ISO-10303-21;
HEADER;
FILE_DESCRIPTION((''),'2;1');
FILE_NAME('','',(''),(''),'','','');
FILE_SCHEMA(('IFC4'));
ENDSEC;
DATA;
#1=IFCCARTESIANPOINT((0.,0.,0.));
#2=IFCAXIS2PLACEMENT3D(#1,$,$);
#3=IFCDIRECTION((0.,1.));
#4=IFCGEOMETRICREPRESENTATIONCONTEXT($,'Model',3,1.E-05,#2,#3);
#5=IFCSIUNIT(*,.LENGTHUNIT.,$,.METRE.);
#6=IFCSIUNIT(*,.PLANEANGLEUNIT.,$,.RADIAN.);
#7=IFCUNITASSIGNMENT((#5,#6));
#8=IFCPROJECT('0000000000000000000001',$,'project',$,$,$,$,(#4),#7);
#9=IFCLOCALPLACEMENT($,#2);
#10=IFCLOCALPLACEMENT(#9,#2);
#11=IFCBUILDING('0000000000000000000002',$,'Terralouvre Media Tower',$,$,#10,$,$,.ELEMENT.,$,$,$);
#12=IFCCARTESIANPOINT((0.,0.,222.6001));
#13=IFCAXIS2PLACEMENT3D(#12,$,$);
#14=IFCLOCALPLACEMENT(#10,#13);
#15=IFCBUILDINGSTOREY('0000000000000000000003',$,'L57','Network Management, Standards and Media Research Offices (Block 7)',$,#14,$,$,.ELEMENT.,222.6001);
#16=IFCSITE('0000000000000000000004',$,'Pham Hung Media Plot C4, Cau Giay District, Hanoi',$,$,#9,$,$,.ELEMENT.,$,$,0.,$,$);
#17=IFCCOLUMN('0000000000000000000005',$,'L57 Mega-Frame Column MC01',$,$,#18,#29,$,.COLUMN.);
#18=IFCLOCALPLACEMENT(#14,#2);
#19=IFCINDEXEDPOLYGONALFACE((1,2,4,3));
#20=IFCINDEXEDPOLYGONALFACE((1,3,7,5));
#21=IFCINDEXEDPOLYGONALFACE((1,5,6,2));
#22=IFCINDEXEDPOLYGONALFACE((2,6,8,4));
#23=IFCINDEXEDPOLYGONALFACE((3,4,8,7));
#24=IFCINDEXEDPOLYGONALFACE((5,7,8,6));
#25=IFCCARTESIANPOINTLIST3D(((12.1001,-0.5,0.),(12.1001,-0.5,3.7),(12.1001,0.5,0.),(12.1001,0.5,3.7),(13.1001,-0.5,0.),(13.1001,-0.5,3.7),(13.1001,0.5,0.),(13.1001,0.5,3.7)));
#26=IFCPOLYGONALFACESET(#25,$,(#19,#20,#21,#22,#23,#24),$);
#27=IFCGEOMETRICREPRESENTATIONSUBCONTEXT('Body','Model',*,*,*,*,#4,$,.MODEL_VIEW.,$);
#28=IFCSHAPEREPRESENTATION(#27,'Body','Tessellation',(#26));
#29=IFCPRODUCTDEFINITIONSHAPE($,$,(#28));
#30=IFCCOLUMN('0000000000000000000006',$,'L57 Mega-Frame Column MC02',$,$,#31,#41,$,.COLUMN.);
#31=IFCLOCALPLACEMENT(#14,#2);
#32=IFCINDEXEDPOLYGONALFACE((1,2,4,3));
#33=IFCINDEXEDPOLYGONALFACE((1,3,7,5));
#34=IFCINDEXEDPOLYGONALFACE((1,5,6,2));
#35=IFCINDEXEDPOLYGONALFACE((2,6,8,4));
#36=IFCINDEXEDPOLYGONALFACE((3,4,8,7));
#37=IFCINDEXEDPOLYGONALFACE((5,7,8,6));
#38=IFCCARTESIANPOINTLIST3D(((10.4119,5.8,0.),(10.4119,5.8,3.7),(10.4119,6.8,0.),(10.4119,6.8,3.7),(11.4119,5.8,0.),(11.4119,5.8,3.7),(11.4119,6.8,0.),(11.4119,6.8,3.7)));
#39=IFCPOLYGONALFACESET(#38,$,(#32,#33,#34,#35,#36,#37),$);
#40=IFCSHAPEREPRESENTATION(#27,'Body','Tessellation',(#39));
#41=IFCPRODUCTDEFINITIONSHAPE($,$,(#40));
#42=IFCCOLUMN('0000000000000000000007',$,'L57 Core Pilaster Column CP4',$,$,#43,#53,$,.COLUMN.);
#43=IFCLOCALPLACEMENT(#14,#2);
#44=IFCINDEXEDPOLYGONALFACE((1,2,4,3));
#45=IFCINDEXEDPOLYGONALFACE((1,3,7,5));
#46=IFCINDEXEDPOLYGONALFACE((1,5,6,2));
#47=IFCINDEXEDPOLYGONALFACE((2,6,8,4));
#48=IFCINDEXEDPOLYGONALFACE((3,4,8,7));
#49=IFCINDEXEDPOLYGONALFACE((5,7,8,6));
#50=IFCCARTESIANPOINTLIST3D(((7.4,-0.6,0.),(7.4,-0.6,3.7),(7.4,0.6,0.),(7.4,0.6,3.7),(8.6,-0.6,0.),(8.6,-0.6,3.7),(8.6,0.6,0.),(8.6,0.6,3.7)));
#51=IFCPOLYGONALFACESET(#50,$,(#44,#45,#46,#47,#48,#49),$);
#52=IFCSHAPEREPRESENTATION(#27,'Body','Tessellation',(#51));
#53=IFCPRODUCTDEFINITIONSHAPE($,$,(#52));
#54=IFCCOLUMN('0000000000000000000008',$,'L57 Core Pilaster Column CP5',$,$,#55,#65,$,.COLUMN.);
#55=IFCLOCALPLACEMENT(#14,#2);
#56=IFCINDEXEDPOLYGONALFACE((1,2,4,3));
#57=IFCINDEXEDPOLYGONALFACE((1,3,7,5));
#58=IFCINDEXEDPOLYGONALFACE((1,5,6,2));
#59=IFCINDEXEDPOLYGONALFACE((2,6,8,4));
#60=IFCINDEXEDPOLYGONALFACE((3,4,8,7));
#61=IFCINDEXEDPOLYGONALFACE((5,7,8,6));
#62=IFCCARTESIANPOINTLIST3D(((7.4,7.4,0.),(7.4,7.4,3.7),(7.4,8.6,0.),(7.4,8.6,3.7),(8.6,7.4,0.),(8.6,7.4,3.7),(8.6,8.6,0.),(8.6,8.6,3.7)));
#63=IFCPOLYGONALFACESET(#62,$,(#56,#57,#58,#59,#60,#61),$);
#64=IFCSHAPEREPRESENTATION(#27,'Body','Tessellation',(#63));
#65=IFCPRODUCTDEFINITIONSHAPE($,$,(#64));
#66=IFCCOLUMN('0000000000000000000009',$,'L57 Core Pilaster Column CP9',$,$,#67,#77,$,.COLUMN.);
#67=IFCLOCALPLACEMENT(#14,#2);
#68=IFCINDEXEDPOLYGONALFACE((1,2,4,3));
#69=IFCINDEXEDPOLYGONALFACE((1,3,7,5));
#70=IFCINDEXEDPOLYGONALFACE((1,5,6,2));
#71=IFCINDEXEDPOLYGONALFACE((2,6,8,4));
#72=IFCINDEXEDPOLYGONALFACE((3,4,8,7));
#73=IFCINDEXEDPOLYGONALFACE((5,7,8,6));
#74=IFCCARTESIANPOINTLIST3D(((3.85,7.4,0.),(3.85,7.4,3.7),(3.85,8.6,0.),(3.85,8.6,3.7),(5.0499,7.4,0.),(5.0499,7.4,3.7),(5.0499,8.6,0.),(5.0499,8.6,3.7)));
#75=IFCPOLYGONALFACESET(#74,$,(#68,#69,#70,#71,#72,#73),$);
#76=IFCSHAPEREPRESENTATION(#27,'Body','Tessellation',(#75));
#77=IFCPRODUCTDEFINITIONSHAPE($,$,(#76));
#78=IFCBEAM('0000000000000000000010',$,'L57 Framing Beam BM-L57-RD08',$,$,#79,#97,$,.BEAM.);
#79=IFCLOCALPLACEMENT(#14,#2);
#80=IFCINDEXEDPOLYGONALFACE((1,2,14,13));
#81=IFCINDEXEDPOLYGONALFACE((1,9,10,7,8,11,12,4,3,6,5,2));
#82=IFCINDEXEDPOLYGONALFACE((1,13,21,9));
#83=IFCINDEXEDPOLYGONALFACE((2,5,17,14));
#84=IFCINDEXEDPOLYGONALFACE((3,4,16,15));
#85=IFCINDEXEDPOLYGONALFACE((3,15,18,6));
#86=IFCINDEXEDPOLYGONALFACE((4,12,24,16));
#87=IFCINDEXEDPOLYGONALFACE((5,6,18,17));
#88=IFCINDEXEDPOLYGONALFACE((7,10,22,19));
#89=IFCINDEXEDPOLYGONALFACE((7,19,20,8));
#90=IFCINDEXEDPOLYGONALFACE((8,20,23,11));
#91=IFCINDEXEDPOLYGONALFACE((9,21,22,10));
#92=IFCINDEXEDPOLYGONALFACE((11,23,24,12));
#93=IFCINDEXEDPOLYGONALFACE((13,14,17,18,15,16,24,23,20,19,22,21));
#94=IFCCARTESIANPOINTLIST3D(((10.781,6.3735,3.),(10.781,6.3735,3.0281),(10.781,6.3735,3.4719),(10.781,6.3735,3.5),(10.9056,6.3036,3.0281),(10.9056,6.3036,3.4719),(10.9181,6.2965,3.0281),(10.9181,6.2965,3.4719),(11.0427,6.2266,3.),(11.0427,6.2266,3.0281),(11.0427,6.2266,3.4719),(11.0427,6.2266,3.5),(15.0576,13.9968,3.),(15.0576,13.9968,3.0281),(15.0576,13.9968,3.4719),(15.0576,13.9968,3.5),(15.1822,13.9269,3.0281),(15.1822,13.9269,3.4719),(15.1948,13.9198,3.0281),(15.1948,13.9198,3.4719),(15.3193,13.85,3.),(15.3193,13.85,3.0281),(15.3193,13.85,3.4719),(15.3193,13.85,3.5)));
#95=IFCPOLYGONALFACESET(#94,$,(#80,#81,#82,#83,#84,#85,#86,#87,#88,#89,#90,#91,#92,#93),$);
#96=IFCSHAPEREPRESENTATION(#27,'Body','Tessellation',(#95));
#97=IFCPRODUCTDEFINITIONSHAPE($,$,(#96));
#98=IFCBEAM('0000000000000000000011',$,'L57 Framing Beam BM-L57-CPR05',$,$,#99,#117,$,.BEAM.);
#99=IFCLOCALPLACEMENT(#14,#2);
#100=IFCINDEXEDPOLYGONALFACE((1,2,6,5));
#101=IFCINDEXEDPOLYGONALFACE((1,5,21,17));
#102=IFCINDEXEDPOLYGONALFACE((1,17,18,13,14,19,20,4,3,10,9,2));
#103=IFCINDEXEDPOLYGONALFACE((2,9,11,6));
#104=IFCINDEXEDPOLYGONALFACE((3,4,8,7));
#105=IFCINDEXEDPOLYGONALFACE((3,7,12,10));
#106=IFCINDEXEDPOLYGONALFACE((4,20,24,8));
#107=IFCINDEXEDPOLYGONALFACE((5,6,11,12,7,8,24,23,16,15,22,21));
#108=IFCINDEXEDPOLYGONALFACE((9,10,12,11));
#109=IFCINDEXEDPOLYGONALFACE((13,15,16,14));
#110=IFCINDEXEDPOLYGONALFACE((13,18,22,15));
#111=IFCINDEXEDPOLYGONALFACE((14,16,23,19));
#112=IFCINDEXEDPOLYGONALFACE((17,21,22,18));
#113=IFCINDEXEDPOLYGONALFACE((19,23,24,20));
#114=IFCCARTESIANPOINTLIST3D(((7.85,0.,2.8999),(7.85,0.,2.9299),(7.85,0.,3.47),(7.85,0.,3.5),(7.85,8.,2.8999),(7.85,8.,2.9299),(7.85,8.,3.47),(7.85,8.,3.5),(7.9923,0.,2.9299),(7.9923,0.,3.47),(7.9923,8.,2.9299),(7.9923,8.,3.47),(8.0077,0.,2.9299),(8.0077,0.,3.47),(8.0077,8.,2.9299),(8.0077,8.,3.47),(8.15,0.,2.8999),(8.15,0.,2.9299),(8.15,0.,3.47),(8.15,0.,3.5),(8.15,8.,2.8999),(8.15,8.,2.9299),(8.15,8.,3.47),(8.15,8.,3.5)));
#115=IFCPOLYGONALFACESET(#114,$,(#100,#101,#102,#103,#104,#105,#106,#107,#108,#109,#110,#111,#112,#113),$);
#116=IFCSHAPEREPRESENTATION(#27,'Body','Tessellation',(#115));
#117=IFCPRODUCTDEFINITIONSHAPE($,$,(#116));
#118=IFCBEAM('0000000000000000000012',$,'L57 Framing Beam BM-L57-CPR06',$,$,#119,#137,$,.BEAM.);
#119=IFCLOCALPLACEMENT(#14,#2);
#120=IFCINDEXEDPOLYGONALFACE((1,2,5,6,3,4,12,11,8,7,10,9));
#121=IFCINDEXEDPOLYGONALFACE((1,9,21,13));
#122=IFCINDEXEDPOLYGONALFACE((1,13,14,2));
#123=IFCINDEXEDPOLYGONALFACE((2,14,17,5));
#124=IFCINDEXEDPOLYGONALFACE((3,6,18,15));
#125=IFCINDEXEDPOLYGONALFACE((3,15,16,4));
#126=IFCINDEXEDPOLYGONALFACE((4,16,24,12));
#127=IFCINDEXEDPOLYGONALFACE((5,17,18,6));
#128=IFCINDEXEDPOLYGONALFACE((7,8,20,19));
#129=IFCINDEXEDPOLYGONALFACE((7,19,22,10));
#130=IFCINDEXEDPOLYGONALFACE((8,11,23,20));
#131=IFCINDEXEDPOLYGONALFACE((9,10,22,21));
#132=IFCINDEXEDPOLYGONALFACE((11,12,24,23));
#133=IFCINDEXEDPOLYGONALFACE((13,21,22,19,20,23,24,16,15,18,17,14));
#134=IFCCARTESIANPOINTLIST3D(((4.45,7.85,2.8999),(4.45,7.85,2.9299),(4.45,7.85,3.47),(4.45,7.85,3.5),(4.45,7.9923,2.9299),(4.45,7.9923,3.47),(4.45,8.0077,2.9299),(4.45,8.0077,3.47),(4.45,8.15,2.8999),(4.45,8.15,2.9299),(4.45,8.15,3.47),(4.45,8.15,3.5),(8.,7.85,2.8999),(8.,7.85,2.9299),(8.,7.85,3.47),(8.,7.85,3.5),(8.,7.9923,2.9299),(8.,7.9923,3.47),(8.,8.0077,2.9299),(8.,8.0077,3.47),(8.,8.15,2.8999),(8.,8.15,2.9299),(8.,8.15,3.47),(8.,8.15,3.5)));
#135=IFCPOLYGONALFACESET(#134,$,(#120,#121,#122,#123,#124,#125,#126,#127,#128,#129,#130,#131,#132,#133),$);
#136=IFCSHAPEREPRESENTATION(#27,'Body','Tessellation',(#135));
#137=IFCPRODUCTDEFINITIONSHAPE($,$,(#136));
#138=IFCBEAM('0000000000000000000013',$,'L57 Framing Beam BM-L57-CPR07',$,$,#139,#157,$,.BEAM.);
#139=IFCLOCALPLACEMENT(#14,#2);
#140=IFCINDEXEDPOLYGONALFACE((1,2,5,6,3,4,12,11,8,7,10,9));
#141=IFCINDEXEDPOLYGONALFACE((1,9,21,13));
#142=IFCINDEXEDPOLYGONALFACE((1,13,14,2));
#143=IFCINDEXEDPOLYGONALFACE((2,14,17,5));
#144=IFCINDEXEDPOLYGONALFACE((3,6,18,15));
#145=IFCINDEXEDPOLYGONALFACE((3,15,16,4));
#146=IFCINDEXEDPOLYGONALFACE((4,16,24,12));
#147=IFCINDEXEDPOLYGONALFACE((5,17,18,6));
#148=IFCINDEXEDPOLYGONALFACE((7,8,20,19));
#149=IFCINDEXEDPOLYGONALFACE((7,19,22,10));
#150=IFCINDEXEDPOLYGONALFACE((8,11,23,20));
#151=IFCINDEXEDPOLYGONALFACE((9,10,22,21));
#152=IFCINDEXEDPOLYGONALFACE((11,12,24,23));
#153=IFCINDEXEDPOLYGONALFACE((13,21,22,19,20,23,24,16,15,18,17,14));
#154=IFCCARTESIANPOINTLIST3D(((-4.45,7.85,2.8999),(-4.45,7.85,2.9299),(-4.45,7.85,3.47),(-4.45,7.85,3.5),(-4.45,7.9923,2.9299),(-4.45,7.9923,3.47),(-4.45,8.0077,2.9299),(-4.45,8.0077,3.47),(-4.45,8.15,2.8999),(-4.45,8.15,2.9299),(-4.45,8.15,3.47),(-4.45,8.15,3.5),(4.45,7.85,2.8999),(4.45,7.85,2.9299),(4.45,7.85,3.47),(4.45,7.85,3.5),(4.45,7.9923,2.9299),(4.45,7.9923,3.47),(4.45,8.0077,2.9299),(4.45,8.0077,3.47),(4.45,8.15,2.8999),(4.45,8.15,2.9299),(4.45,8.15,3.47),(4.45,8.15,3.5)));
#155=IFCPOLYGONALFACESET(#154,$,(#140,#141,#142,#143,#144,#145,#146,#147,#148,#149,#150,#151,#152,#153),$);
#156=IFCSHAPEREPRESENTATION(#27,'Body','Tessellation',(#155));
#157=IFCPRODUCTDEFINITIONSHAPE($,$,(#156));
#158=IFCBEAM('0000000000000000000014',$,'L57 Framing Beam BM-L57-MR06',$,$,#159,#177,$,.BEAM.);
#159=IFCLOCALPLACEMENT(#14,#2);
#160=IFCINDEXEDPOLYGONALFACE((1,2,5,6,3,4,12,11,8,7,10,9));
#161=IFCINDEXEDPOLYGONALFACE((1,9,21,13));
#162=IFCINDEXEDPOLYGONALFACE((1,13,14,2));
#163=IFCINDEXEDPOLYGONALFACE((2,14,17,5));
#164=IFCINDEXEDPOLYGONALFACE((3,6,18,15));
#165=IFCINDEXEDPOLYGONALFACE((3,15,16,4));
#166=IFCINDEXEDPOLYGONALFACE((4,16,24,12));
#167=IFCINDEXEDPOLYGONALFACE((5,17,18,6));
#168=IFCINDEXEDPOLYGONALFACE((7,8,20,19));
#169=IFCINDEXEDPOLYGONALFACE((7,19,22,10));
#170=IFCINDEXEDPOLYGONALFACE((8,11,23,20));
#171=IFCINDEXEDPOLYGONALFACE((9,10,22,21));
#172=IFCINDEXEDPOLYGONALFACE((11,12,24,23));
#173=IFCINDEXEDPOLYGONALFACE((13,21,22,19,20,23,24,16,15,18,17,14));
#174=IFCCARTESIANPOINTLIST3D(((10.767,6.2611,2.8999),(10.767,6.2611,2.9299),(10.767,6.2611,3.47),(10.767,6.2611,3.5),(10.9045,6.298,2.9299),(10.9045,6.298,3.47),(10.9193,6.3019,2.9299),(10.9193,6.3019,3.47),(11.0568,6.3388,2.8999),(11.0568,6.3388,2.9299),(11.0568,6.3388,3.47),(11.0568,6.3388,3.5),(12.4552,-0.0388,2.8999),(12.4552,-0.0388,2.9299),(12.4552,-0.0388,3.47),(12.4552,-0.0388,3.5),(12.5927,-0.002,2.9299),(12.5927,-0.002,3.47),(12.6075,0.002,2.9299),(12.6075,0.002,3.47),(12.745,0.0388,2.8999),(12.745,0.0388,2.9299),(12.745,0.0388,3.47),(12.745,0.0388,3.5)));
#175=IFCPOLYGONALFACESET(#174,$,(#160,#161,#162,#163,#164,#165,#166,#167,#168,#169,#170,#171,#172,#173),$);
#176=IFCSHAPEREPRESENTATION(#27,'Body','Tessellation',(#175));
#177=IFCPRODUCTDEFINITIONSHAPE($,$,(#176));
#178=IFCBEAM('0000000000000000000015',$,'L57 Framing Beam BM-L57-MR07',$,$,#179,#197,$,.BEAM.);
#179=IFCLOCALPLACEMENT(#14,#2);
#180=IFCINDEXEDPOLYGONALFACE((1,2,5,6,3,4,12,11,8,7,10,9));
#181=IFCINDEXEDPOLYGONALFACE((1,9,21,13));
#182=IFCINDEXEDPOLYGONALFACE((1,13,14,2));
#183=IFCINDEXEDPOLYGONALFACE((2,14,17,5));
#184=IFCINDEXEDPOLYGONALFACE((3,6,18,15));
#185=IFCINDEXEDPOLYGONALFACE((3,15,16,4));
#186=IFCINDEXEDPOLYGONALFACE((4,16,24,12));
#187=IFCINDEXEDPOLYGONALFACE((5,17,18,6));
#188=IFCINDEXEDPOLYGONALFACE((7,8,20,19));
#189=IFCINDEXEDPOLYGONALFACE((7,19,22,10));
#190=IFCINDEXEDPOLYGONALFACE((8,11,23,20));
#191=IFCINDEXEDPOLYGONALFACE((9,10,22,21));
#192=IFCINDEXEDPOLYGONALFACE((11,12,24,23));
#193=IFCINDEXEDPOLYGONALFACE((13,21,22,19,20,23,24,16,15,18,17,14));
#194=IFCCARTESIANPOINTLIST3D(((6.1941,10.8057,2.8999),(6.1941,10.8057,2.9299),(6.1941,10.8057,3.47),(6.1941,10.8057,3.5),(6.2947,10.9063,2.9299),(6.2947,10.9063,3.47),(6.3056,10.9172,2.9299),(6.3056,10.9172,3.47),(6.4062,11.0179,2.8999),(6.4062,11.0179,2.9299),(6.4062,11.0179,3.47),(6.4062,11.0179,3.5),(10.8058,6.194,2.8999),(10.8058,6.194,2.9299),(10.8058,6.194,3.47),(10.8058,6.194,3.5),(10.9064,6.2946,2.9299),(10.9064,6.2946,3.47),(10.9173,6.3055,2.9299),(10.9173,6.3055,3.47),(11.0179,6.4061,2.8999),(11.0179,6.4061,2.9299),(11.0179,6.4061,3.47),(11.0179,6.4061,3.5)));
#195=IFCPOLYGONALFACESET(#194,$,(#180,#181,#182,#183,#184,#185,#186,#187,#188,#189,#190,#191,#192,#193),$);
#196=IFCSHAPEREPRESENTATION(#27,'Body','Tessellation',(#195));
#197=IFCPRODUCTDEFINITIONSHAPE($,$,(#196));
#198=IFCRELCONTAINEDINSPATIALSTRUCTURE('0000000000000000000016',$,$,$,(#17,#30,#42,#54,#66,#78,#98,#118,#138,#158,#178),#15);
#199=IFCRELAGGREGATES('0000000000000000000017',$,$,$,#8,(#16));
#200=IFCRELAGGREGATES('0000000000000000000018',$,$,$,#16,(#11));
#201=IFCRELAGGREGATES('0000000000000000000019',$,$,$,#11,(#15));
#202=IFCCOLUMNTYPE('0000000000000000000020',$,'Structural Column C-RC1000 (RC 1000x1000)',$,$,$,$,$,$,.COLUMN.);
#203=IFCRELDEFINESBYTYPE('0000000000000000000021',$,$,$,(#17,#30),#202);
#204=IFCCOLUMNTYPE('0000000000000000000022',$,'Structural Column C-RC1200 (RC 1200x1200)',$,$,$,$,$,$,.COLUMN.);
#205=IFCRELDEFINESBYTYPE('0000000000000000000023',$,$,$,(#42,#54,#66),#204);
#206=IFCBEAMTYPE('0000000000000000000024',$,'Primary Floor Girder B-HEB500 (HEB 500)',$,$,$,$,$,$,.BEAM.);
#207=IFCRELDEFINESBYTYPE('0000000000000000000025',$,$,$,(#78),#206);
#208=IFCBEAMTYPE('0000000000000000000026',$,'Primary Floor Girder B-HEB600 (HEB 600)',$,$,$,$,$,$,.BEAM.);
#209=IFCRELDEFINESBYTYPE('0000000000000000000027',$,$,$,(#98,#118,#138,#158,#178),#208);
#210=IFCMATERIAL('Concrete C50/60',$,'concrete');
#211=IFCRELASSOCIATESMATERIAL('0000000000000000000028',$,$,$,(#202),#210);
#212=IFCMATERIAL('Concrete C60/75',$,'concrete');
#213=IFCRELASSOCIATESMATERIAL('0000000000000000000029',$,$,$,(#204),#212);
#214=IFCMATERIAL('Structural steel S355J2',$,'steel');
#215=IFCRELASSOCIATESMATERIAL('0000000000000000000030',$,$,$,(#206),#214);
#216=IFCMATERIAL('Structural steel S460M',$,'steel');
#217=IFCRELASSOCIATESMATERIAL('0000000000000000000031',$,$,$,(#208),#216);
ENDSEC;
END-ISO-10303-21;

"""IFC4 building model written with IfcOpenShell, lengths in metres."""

from ifc_helpers import new_model, si_unit, direction, frame, origin, origin_2d, place, context, subcontext, project, spatial, rectangle, i_section, extrude, material, material_profile, profile_set, type_object, element, save


model = new_model("IFC4")

# Units and contexts
model_context = context("Model", 3, precision=1e-05, world=origin(), true_north=direction((0.0, 1.0)))
body_context = subcontext(model_context, "Body", "Model", "MODEL_VIEW")
ifc_project = project(units=[si_unit("LENGTHUNIT", "METRE"), si_unit("PLANEANGLEUNIT", "RADIAN")], contexts=[model_context])

# Site, building, storey
site_placement = place(None, origin())
site = spatial("IfcSite", under=ifc_project, at=site_placement, Name="Pham Hung Media Plot C4, Cau Giay District, Hanoi", CompositionType="ELEMENT", RefElevation=0.0)
building_placement = place(site_placement, origin())
building = spatial("IfcBuilding", under=site, at=building_placement, Name="Terralouvre Media Tower", CompositionType="ELEMENT")
storey_placement = place(building_placement, frame((0.0, 0.0, 222.6001)))
storey = spatial("IfcBuildingStorey", under=building, at=storey_placement, Name="L57", Description="Network Management, Standards and Media Research Offices (Block 7)", CompositionType="ELEMENT", Elevation=222.6001)

# Columns
ifc_material_1 = material(Name="Concrete C50/60", Category="concrete")
ifc_material_profile_1 = material_profile(ifc_material_1, rectangle(XDim=1.0, YDim=1.0, at=origin_2d()), Name="RC 1000x1000")
ifc_profile_set_1 = profile_set([ifc_material_profile_1], Name="Concrete C50/60")
column_type_1 = type_object("IfcColumnType", Name="Structural Column C-RC1000 (RC 1000x1000)", PredefinedType="COLUMN", material=ifc_profile_set_1)
for number, where, z_axis, x_axis, name in (
    (1, (12.6001, 0.0, 0.0), (0.0, 0.0, 1.0), (1.0, 0.0, 0.0), "L57 Mega-Frame Column MC01"),
    (2, (10.9119, 6.3, 0.0), (0.0, 0.0, 1.0), (1.0, 0.0, 0.0), "L57 Mega-Frame Column MC02"),
):
    element("IfcColumn", number, at=place(storey_placement, frame(where, z_axis=z_axis, x_axis=x_axis)), inside=storey, type_object=column_type_1, Name=name, PredefinedType="COLUMN", context=body_context, shape_type="SweptSolid", body=[
        extrude(rectangle(XDim=1.0, YDim=1.0, at=origin_2d()), origin(), (0.0, 0.0, 1.0), 3.7),
    ])
ifc_material_2 = material(Name="Concrete C60/75", Category="concrete")
ifc_material_profile_2 = material_profile(ifc_material_2, rectangle(XDim=1.2, YDim=1.2, at=origin_2d()), Name="RC 1200x1200")
ifc_profile_set_2 = profile_set([ifc_material_profile_2], Name="Concrete C60/75")
column_type_2 = type_object("IfcColumnType", Name="Structural Column C-RC1200 (RC 1200x1200)", PredefinedType="COLUMN", material=ifc_profile_set_2)
for number, where, z_axis, x_axis, name in (
    (3, (8.0, 0.0, 0.0), (0.0, 0.0, 1.0), (1.0, 0.0, 0.0), "L57 Core Pilaster Column CP4"),
    (4, (8.0, 8.0, 0.0), (0.0, 0.0, 1.0), (1.0, 0.0, 0.0), "L57 Core Pilaster Column CP5"),
    (5, (4.45, 8.0, 0.0), (0.0, 0.0, 1.0), (1.0, 0.0, 0.0), "L57 Core Pilaster Column CP9"),
):
    element("IfcColumn", number, at=place(storey_placement, frame(where, z_axis=z_axis, x_axis=x_axis)), inside=storey, type_object=column_type_2, Name=name, PredefinedType="COLUMN", context=body_context, shape_type="SweptSolid", body=[
        extrude(rectangle(XDim=1.2, YDim=1.2, at=origin_2d()), origin(), (0.0, 0.0, 1.0), 3.7),
    ])

# Beams
ifc_material_3 = material(Name="Structural steel S355J2", Category="steel")
ifc_material_profile_3 = material_profile(ifc_material_3, i_section(OverallWidth=0.3, OverallDepth=0.5, WebThickness=0.0144, FlangeThickness=0.0281, at=origin_2d()), Name="HEB 500")
ifc_profile_set_3 = profile_set([ifc_material_profile_3], Name="Structural steel S355J2")
beam_type_1 = type_object("IfcBeamType", Name="Primary Floor Girder B-HEB500 (HEB 500)", PredefinedType="BEAM", material=ifc_profile_set_3)
beam_1_placement = place(storey_placement, frame((10.9119, 6.3, 3.25), z_axis=(0.489262, 0.872137, 0.0), x_axis=(-0.872137, 0.489262, 0.0)))
element("IfcBeam", 6, at=beam_1_placement, inside=storey, type_object=beam_type_1, Name="L57 Framing Beam BM-L57-RD08", PredefinedType="BEAM", context=body_context, shape_type="SweptSolid", body=[
    extrude(i_section(OverallWidth=0.3, OverallDepth=0.5, WebThickness=0.0144, FlangeThickness=0.0281, at=origin_2d()), origin(), (0.0, 0.0, 1.0), 8.741),
])
ifc_material_4 = material(Name="Structural steel S460M", Category="steel")
ifc_material_profile_4 = material_profile(ifc_material_4, i_section(OverallWidth=0.3, OverallDepth=0.6001, WebThickness=0.0154, FlangeThickness=0.03, at=origin_2d()), Name="HEB 600")
ifc_profile_set_4 = profile_set([ifc_material_profile_4], Name="Structural steel S460M")
beam_type_2 = type_object("IfcBeamType", Name="Primary Floor Girder B-HEB600 (HEB 600)", PredefinedType="BEAM", material=ifc_profile_set_4)
beam_2_placement = place(storey_placement, frame((8.0, 0.0, 3.2), z_axis=(0.0, 1.0, 0.0), x_axis=(-1.0, 0.0, 0.0)))
element("IfcBeam", 7, at=beam_2_placement, inside=storey, type_object=beam_type_2, Name="L57 Framing Beam BM-L57-CPR05", PredefinedType="BEAM", context=body_context, shape_type="SweptSolid", body=[
    extrude(i_section(OverallWidth=0.3, OverallDepth=0.6001, WebThickness=0.0154, FlangeThickness=0.03, at=origin_2d()), origin(), (0.0, 0.0, 1.0), 8.0),
])
beam_3_placement = place(storey_placement, frame((8.0, 8.0, 3.2), z_axis=(-1.0, 0.0, 0.0), x_axis=(0.0, -1.0, 0.0)))
element("IfcBeam", 8, at=beam_3_placement, inside=storey, type_object=beam_type_2, Name="L57 Framing Beam BM-L57-CPR06", PredefinedType="BEAM", context=body_context, shape_type="SweptSolid", body=[
    extrude(i_section(OverallWidth=0.3, OverallDepth=0.6001, WebThickness=0.0154, FlangeThickness=0.03, at=origin_2d()), origin(), (0.0, 0.0, 1.0), 3.55),
])
beam_4_placement = place(storey_placement, frame((4.45, 8.0, 3.2), z_axis=(-1.0, 0.0, 0.0), x_axis=(0.0, -1.0, 0.0)))
element("IfcBeam", 9, at=beam_4_placement, inside=storey, type_object=beam_type_2, Name="L57 Framing Beam BM-L57-CPR07", PredefinedType="BEAM", context=body_context, shape_type="SweptSolid", body=[
    extrude(i_section(OverallWidth=0.3, OverallDepth=0.6001, WebThickness=0.0154, FlangeThickness=0.03, at=origin_2d()), origin(), (0.0, 0.0, 1.0), 8.8999),
])
beam_5_placement = place(storey_placement, frame((12.6001, 0.0, 3.2), z_axis=(-0.258839, 0.96592, 0.0), x_axis=(-0.96592, -0.258839, 0.0)))
element("IfcBeam", 10, at=beam_5_placement, inside=storey, type_object=beam_type_2, Name="L57 Framing Beam BM-L57-MR06", PredefinedType="BEAM", context=body_context, shape_type="SweptSolid", body=[
    extrude(i_section(OverallWidth=0.3, OverallDepth=0.6001, WebThickness=0.0154, FlangeThickness=0.03, at=origin_2d()), origin(), (0.0, 0.0, 1.0), 6.5222),
])
beam_6_placement = place(storey_placement, frame((10.9119, 6.3, 3.2), z_axis=(-0.707107, 0.707107, 0.0), x_axis=(-0.707107, -0.707107, 0.0)))
element("IfcBeam", 11, at=beam_6_placement, inside=storey, type_object=beam_type_2, Name="L57 Framing Beam BM-L57-MR07", PredefinedType="BEAM", context=body_context, shape_type="SweptSolid", body=[
    extrude(i_section(OverallWidth=0.3, OverallDepth=0.6001, WebThickness=0.0154, FlangeThickness=0.03, at=origin_2d()), origin(), (0.0, 0.0, 1.0), 6.522),
])

save(model, "model.ifc")
